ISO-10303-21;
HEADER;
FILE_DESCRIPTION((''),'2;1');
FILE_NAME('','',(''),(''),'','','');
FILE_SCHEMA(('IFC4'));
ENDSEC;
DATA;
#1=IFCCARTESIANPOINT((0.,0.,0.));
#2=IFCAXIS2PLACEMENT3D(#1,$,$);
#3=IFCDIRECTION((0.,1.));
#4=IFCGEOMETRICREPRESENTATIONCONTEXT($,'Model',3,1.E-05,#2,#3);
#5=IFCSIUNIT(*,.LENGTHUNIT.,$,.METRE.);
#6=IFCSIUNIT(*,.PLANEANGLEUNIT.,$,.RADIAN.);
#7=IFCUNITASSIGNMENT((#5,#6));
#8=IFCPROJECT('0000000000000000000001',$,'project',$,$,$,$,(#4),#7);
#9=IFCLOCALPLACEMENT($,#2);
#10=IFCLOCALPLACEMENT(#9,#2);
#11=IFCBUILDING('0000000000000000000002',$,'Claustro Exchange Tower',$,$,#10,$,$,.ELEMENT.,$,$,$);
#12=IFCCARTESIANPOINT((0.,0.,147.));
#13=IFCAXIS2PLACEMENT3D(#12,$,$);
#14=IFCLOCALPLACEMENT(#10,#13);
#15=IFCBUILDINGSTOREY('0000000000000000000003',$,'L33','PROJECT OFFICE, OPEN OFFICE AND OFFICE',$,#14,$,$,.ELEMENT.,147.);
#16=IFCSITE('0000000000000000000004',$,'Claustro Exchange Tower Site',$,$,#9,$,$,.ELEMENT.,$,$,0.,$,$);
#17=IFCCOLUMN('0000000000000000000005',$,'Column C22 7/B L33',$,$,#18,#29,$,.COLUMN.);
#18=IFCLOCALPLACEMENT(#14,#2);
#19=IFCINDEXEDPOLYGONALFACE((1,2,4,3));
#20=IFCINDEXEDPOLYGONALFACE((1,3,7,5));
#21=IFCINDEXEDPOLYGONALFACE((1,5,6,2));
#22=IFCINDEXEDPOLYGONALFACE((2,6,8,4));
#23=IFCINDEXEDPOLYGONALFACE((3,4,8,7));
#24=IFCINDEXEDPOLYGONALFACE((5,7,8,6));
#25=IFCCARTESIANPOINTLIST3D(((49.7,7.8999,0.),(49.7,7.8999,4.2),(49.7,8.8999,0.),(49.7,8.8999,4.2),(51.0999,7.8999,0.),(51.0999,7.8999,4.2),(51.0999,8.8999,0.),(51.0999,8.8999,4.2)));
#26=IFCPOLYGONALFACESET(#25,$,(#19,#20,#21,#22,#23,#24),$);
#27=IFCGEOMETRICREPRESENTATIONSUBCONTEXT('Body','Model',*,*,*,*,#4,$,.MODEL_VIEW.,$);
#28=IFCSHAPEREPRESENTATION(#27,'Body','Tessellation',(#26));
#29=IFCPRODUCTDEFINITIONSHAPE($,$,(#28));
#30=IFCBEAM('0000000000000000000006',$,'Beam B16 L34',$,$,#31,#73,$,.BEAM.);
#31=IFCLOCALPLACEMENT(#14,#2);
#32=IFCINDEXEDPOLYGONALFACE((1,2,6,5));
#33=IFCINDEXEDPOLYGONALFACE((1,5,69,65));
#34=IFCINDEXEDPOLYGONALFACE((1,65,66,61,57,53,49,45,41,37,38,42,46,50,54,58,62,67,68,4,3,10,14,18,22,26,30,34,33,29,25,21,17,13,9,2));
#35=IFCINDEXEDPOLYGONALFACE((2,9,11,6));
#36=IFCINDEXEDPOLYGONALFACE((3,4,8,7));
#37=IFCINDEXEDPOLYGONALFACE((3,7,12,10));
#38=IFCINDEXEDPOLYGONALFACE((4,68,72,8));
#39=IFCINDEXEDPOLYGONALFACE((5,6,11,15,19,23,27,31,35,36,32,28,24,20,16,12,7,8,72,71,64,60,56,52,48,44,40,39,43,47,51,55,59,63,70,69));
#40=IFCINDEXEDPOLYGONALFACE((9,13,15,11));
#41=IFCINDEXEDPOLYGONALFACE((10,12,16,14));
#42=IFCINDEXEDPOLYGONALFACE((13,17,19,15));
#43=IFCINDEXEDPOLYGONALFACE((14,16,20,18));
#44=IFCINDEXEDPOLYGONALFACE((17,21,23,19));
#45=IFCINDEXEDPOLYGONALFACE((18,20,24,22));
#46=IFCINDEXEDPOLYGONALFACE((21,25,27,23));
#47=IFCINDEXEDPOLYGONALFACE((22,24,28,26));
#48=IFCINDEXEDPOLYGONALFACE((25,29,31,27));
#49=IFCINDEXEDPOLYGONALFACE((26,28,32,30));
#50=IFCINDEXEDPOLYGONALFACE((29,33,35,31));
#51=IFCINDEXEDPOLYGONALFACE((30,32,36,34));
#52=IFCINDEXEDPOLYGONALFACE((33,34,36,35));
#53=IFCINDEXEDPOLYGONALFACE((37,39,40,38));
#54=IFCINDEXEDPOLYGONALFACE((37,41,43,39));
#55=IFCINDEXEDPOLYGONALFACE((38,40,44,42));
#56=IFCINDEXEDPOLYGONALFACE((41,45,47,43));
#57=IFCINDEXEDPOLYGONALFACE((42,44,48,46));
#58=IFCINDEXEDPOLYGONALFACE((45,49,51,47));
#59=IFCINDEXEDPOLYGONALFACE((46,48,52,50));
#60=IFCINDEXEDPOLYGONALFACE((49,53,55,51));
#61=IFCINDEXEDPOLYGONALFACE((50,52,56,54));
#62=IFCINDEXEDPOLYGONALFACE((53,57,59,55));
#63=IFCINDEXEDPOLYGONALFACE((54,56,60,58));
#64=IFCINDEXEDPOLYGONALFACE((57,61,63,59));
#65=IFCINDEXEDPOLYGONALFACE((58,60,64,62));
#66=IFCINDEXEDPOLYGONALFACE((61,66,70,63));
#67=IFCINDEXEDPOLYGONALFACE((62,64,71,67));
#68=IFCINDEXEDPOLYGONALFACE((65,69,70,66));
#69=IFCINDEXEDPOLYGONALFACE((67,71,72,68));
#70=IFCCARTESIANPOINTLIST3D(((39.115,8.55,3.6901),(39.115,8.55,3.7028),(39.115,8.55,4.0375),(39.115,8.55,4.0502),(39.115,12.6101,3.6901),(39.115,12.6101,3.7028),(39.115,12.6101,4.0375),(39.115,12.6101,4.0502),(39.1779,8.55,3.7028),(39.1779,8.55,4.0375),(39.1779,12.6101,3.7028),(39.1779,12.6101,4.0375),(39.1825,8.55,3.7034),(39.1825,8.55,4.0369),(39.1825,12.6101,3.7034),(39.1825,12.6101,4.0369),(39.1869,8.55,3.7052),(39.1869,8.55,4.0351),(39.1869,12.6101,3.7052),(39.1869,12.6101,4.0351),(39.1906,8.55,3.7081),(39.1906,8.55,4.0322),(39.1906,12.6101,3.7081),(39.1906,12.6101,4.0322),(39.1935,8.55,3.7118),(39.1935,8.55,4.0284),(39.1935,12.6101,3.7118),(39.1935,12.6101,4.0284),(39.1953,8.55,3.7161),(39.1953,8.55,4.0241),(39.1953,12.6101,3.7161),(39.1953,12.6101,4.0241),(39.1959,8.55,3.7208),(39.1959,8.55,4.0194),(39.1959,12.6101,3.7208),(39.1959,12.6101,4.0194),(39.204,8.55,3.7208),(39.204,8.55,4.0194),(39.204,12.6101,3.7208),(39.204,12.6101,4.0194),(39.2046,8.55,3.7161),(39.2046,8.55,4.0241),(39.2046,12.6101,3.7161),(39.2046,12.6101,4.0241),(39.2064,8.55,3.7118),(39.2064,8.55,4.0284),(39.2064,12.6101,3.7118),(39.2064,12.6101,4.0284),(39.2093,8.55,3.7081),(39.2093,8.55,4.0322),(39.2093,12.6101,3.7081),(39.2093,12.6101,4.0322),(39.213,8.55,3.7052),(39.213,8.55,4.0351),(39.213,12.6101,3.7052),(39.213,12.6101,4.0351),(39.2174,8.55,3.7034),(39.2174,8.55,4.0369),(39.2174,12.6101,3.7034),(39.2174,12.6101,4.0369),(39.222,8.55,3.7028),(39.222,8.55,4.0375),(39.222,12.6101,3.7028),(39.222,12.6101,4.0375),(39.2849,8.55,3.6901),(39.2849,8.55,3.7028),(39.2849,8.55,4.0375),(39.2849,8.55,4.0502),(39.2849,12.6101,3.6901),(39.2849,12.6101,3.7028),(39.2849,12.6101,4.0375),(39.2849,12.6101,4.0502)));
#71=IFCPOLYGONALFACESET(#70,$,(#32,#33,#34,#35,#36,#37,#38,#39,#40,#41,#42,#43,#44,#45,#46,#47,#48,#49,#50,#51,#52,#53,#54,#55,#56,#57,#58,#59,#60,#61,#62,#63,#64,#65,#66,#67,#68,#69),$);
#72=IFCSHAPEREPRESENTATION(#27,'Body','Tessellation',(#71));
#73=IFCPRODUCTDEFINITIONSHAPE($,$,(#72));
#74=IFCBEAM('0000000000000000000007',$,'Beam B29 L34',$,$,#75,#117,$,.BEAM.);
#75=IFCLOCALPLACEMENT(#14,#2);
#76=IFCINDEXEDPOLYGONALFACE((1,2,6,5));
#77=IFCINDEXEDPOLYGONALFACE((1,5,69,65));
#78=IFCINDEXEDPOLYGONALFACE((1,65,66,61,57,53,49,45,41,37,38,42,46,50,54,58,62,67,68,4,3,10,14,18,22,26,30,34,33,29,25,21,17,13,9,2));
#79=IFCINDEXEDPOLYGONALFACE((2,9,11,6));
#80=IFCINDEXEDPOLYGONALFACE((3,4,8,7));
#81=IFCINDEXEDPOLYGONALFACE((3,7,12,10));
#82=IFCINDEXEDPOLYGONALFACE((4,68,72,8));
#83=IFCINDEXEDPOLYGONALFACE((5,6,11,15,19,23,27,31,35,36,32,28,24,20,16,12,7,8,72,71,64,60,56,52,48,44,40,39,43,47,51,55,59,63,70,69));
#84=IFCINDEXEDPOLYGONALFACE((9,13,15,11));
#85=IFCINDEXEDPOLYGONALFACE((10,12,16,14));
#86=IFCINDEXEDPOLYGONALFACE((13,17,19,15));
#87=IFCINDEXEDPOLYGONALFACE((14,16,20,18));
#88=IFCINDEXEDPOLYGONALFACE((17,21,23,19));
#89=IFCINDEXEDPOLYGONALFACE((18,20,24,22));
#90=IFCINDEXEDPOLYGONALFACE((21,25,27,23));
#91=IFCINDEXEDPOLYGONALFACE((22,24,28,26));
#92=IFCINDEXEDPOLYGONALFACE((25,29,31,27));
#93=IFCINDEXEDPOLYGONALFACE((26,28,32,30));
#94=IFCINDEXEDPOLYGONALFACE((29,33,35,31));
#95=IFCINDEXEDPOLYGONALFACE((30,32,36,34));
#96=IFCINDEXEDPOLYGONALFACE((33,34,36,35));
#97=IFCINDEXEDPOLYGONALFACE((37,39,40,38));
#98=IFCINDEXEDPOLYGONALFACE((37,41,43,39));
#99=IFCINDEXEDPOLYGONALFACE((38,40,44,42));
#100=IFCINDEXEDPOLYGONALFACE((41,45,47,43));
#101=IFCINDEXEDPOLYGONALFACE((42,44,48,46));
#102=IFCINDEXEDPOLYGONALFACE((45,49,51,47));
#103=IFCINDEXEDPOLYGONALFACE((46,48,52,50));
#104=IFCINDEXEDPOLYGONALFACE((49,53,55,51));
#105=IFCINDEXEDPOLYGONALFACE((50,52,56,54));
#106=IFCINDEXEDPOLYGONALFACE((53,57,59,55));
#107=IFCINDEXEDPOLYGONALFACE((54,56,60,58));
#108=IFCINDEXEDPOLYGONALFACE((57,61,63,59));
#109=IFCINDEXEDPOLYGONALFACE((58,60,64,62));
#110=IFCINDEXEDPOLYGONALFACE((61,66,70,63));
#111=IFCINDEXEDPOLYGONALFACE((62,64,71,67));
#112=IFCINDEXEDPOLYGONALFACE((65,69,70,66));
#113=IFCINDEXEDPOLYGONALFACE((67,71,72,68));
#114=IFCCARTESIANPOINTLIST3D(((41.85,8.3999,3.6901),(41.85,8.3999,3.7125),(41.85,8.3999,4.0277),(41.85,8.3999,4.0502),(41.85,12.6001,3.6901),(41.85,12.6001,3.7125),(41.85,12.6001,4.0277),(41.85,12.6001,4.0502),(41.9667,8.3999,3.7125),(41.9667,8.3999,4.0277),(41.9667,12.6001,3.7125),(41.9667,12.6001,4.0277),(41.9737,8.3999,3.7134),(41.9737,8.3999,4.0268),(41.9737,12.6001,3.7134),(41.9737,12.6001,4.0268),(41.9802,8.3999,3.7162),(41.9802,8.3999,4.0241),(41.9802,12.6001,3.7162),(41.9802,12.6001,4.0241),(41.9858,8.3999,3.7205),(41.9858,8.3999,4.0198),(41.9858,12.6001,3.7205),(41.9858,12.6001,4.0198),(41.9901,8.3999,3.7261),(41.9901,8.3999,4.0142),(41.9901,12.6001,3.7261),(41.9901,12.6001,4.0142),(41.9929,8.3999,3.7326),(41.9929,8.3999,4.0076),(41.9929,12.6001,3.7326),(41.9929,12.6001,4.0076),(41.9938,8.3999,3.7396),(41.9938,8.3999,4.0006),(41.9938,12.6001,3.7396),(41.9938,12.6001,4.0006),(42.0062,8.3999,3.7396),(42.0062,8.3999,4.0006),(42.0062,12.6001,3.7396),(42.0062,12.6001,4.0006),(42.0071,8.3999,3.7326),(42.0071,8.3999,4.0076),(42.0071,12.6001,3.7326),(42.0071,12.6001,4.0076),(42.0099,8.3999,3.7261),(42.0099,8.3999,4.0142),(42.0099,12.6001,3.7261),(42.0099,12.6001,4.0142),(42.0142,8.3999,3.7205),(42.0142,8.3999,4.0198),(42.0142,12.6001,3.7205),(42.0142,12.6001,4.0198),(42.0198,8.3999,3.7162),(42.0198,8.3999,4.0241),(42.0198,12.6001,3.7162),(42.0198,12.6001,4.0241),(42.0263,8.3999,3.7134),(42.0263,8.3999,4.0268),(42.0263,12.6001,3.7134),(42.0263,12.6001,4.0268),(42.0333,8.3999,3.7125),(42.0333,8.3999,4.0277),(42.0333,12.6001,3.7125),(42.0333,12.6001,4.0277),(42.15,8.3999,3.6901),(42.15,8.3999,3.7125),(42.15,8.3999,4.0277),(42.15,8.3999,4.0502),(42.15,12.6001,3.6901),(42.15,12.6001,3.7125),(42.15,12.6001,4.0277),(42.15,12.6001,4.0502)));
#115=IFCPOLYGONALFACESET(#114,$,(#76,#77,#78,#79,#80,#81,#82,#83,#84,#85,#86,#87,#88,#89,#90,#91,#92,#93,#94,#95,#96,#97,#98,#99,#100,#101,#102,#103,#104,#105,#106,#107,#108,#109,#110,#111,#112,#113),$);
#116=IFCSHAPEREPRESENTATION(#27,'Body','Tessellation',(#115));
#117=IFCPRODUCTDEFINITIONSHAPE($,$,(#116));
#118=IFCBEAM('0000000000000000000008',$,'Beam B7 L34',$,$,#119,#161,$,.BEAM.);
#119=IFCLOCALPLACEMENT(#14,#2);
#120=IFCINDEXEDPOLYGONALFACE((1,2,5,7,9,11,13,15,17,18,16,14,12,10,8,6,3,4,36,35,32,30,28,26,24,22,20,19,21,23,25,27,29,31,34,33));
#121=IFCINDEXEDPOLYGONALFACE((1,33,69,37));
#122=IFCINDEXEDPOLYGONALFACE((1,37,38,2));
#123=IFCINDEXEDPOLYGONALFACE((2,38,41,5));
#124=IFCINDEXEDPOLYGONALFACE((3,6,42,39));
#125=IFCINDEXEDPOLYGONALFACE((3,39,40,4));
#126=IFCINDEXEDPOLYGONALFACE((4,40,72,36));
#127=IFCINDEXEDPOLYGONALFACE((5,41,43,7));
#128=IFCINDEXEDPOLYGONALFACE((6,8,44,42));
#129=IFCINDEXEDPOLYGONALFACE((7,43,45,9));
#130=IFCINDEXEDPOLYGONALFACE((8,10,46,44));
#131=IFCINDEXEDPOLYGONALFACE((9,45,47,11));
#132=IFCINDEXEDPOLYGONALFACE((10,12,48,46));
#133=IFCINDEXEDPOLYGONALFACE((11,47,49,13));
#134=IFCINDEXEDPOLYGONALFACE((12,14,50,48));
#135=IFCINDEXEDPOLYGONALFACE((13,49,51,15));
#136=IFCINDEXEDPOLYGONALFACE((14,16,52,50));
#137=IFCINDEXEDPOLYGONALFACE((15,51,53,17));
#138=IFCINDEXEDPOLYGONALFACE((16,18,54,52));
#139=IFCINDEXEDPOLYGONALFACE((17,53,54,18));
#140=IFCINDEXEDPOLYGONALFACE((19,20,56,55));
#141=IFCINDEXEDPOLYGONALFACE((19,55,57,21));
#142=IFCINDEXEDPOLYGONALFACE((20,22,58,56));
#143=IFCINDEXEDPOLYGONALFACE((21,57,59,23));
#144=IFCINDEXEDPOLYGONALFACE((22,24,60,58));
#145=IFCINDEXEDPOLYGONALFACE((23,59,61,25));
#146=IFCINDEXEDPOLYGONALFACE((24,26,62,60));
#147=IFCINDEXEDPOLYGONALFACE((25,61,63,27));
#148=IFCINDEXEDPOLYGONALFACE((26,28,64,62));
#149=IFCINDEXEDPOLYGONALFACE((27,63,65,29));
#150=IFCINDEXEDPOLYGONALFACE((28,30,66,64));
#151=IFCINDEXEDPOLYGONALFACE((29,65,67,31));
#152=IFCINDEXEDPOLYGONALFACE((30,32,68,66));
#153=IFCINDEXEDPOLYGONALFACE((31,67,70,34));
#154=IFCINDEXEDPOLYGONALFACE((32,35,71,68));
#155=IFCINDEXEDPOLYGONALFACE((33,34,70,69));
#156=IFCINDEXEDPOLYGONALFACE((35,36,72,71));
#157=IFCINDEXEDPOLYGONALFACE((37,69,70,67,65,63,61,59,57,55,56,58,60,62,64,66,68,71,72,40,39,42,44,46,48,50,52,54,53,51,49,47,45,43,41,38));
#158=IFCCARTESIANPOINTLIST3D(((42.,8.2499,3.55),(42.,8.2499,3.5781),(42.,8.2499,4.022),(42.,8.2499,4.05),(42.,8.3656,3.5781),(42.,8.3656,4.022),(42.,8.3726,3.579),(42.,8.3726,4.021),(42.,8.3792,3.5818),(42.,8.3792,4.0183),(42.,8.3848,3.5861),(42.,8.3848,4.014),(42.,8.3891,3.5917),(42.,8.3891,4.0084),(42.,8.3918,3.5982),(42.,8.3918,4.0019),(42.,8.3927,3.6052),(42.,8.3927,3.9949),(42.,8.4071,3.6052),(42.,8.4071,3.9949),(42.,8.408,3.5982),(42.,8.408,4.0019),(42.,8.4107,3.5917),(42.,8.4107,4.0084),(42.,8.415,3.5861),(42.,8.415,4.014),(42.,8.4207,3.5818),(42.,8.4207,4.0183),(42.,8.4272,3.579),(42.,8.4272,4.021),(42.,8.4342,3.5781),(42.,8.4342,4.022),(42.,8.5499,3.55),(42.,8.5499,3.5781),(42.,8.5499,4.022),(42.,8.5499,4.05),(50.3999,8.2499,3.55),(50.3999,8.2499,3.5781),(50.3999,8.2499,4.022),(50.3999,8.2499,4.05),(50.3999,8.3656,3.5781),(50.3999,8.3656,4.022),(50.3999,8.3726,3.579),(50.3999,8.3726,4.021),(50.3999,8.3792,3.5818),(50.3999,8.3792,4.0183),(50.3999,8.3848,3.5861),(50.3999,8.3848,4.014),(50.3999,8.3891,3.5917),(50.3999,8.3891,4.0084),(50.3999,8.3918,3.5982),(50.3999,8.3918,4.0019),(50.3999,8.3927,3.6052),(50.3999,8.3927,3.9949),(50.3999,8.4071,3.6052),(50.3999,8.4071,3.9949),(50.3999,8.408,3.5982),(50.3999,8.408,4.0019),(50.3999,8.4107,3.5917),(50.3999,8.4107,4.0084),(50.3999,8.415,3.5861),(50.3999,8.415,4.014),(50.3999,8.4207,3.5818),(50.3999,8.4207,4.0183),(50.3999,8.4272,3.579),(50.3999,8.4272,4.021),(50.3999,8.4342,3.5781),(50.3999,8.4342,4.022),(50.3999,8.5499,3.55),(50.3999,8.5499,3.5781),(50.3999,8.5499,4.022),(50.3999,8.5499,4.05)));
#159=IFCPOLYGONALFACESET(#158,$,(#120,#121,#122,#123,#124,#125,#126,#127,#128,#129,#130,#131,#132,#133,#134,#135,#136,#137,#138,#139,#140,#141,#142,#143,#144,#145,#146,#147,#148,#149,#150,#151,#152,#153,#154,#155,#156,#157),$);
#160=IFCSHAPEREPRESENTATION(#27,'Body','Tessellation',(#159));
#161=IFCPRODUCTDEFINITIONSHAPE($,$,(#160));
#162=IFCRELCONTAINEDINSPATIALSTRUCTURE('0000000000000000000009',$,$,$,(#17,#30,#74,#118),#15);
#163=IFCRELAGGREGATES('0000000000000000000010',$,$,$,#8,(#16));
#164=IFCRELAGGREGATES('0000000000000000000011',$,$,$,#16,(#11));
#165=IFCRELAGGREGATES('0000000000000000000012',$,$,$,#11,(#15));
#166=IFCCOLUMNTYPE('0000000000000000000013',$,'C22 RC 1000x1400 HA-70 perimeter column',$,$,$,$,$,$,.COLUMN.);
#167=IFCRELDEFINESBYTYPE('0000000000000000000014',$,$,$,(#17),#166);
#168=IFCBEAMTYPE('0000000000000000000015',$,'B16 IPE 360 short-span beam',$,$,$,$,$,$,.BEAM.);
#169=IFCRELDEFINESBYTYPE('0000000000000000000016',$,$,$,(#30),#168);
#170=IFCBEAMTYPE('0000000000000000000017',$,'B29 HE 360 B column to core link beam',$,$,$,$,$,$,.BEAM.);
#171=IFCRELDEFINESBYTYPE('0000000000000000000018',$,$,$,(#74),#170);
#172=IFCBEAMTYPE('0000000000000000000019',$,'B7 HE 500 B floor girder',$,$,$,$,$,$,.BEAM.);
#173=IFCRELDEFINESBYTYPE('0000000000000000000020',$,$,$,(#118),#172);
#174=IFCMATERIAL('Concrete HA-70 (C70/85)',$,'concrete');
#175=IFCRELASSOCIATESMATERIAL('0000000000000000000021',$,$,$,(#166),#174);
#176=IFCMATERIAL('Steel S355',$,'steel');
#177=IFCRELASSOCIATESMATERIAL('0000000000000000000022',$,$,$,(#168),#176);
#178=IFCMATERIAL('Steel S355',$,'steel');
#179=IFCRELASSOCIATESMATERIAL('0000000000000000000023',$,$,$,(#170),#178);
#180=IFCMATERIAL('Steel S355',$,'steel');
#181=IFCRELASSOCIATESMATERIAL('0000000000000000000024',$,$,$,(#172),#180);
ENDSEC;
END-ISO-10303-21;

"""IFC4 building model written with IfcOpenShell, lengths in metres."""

from ifc_helpers import new_model, si_unit, direction, frame, origin, origin_2d, place, context, subcontext, project, spatial, rectangle, i_section, extrude, material, material_profile, profile_set, type_object, element, save


model = new_model("IFC4")

# Units and contexts
model_context = context("Model", 3, precision=1e-05, world=origin(), true_north=direction((0.0, 1.0)))
body_context = subcontext(model_context, "Body", "Model", "MODEL_VIEW")
ifc_project = project(units=[si_unit("LENGTHUNIT", "METRE"), si_unit("PLANEANGLEUNIT", "RADIAN")], contexts=[model_context])

# Site, building, storey
site_placement = place(None, origin())
site = spatial("IfcSite", under=ifc_project, at=site_placement, Name="Claustro Exchange Tower Site", CompositionType="ELEMENT", RefElevation=0.0)
building_placement = place(site_placement, origin())
building = spatial("IfcBuilding", under=site, at=building_placement, Name="Claustro Exchange Tower", CompositionType="ELEMENT")
storey_placement = place(building_placement, frame((0.0, 0.0, 147.0)))
storey = spatial("IfcBuildingStorey", under=building, at=storey_placement, Name="L33", Description="PROJECT OFFICE, OPEN OFFICE AND OFFICE", CompositionType="ELEMENT", Elevation=147.0)

# Column
ifc_material_1 = material(Name="Concrete HA-70 (C70/85)", Category="concrete")
ifc_material_profile_1 = material_profile(ifc_material_1, rectangle(XDim=1.0, YDim=1.3999, at=origin_2d()), Name="RC 1000x1400")
ifc_profile_set_1 = profile_set([ifc_material_profile_1], Name="Concrete HA-70 (C70/85)")
column_type = type_object("IfcColumnType", Name="C22 RC 1000x1400 HA-70 perimeter column", PredefinedType="COLUMN", material=ifc_profile_set_1)
column_placement = place(storey_placement, frame((50.3999, 8.3999, 0.0), z_axis=(0.0, 0.0, 1.0), x_axis=(0.0, 1.0, 0.0)))
element("IfcColumn", 1, at=column_placement, inside=storey, type_object=column_type, Name="Column C22 7/B L33", PredefinedType="COLUMN", context=body_context, shape_type="SweptSolid", body=[
    extrude(rectangle(XDim=1.0, YDim=1.3999, at=origin_2d()), origin(), (0.0, 0.0, 1.0), 4.2),
])

# Beams
ifc_material_2 = material(Name="Steel S355", Category="steel")
ifc_material_profile_2 = material_profile(ifc_material_2, i_section(OverallWidth=0.1699, OverallDepth=0.3601, WebThickness=0.0081, FlangeThickness=0.0127, FilletRadius=0.0181, at=origin_2d()), Name="IPE 360")
ifc_profile_set_2 = profile_set([ifc_material_profile_2], Name="Steel S355")
beam_type_1 = type_object("IfcBeamType", Name="B16 IPE 360 short-span beam", PredefinedType="BEAM", material=ifc_profile_set_2)
beam_1_placement = place(storey_placement, frame((39.2, 8.55, 3.8701), z_axis=(0.0, 1.0, 0.0), x_axis=(-1.0, 0.0, 0.0)))
element("IfcBeam", 2, at=beam_1_placement, inside=storey, type_object=beam_type_1, Name="Beam B16 L34", PredefinedType="BEAM", context=body_context, shape_type="SweptSolid", body=[
    extrude(i_section(OverallWidth=0.1699, OverallDepth=0.3601, WebThickness=0.0081, FlangeThickness=0.0127, FilletRadius=0.0181, at=origin_2d()), origin(), (0.0, 0.0, 1.0), 4.0601),
])
ifc_material_3 = material(Name="Steel S355", Category="steel")
ifc_material_profile_3 = material_profile(ifc_material_3, i_section(OverallWidth=0.3, OverallDepth=0.3601, WebThickness=0.0125, FlangeThickness=0.0225, FilletRadius=0.0271, at=origin_2d()), Name="HE 360 B")
ifc_profile_set_3 = profile_set([ifc_material_profile_3], Name="Steel S355")
beam_type_2 = type_object("IfcBeamType", Name="B29 HE 360 B column to core link beam", PredefinedType="BEAM", material=ifc_profile_set_3)
beam_2_placement = place(storey_placement, frame((42.0, 8.3999, 3.8701), z_axis=(0.0, 1.0, 0.0), x_axis=(-1.0, 0.0, 0.0)))
element("IfcBeam", 3, at=beam_2_placement, inside=storey, type_object=beam_type_2, Name="Beam B29 L34", PredefinedType="BEAM", context=body_context, shape_type="SweptSolid", body=[
    extrude(i_section(OverallWidth=0.3, OverallDepth=0.3601, WebThickness=0.0125, FlangeThickness=0.0225, FilletRadius=0.0271, at=origin_2d()), origin(), (0.0, 0.0, 1.0), 4.2002),
])
ifc_material_4 = material(Name="Steel S355", Category="steel")
ifc_material_profile_4 = material_profile(ifc_material_4, i_section(OverallWidth=0.3, OverallDepth=0.5, WebThickness=0.0144, FlangeThickness=0.0281, FilletRadius=0.0271, at=origin_2d()), Name="HE 500 B")
ifc_profile_set_4 = profile_set([ifc_material_profile_4], Name="Steel S355")
beam_type_3 = type_object("IfcBeamType", Name="B7 HE 500 B floor girder", PredefinedType="BEAM", material=ifc_profile_set_4)
beam_3_placement = place(storey_placement, frame((42.0, 8.3999, 3.8), z_axis=(1.0, 0.0, 0.0), x_axis=(0.0, 1.0, 0.0)))
element("IfcBeam", 4, at=beam_3_placement, inside=storey, type_object=beam_type_3, Name="Beam B7 L34", PredefinedType="BEAM", context=body_context, shape_type="SweptSolid", body=[
    extrude(i_section(OverallWidth=0.3, OverallDepth=0.5, WebThickness=0.0144, FlangeThickness=0.0281, FilletRadius=0.0271, at=origin_2d()), origin(), (0.0, 0.0, 1.0), 8.3999),
])

save(model, "model.ifc")
